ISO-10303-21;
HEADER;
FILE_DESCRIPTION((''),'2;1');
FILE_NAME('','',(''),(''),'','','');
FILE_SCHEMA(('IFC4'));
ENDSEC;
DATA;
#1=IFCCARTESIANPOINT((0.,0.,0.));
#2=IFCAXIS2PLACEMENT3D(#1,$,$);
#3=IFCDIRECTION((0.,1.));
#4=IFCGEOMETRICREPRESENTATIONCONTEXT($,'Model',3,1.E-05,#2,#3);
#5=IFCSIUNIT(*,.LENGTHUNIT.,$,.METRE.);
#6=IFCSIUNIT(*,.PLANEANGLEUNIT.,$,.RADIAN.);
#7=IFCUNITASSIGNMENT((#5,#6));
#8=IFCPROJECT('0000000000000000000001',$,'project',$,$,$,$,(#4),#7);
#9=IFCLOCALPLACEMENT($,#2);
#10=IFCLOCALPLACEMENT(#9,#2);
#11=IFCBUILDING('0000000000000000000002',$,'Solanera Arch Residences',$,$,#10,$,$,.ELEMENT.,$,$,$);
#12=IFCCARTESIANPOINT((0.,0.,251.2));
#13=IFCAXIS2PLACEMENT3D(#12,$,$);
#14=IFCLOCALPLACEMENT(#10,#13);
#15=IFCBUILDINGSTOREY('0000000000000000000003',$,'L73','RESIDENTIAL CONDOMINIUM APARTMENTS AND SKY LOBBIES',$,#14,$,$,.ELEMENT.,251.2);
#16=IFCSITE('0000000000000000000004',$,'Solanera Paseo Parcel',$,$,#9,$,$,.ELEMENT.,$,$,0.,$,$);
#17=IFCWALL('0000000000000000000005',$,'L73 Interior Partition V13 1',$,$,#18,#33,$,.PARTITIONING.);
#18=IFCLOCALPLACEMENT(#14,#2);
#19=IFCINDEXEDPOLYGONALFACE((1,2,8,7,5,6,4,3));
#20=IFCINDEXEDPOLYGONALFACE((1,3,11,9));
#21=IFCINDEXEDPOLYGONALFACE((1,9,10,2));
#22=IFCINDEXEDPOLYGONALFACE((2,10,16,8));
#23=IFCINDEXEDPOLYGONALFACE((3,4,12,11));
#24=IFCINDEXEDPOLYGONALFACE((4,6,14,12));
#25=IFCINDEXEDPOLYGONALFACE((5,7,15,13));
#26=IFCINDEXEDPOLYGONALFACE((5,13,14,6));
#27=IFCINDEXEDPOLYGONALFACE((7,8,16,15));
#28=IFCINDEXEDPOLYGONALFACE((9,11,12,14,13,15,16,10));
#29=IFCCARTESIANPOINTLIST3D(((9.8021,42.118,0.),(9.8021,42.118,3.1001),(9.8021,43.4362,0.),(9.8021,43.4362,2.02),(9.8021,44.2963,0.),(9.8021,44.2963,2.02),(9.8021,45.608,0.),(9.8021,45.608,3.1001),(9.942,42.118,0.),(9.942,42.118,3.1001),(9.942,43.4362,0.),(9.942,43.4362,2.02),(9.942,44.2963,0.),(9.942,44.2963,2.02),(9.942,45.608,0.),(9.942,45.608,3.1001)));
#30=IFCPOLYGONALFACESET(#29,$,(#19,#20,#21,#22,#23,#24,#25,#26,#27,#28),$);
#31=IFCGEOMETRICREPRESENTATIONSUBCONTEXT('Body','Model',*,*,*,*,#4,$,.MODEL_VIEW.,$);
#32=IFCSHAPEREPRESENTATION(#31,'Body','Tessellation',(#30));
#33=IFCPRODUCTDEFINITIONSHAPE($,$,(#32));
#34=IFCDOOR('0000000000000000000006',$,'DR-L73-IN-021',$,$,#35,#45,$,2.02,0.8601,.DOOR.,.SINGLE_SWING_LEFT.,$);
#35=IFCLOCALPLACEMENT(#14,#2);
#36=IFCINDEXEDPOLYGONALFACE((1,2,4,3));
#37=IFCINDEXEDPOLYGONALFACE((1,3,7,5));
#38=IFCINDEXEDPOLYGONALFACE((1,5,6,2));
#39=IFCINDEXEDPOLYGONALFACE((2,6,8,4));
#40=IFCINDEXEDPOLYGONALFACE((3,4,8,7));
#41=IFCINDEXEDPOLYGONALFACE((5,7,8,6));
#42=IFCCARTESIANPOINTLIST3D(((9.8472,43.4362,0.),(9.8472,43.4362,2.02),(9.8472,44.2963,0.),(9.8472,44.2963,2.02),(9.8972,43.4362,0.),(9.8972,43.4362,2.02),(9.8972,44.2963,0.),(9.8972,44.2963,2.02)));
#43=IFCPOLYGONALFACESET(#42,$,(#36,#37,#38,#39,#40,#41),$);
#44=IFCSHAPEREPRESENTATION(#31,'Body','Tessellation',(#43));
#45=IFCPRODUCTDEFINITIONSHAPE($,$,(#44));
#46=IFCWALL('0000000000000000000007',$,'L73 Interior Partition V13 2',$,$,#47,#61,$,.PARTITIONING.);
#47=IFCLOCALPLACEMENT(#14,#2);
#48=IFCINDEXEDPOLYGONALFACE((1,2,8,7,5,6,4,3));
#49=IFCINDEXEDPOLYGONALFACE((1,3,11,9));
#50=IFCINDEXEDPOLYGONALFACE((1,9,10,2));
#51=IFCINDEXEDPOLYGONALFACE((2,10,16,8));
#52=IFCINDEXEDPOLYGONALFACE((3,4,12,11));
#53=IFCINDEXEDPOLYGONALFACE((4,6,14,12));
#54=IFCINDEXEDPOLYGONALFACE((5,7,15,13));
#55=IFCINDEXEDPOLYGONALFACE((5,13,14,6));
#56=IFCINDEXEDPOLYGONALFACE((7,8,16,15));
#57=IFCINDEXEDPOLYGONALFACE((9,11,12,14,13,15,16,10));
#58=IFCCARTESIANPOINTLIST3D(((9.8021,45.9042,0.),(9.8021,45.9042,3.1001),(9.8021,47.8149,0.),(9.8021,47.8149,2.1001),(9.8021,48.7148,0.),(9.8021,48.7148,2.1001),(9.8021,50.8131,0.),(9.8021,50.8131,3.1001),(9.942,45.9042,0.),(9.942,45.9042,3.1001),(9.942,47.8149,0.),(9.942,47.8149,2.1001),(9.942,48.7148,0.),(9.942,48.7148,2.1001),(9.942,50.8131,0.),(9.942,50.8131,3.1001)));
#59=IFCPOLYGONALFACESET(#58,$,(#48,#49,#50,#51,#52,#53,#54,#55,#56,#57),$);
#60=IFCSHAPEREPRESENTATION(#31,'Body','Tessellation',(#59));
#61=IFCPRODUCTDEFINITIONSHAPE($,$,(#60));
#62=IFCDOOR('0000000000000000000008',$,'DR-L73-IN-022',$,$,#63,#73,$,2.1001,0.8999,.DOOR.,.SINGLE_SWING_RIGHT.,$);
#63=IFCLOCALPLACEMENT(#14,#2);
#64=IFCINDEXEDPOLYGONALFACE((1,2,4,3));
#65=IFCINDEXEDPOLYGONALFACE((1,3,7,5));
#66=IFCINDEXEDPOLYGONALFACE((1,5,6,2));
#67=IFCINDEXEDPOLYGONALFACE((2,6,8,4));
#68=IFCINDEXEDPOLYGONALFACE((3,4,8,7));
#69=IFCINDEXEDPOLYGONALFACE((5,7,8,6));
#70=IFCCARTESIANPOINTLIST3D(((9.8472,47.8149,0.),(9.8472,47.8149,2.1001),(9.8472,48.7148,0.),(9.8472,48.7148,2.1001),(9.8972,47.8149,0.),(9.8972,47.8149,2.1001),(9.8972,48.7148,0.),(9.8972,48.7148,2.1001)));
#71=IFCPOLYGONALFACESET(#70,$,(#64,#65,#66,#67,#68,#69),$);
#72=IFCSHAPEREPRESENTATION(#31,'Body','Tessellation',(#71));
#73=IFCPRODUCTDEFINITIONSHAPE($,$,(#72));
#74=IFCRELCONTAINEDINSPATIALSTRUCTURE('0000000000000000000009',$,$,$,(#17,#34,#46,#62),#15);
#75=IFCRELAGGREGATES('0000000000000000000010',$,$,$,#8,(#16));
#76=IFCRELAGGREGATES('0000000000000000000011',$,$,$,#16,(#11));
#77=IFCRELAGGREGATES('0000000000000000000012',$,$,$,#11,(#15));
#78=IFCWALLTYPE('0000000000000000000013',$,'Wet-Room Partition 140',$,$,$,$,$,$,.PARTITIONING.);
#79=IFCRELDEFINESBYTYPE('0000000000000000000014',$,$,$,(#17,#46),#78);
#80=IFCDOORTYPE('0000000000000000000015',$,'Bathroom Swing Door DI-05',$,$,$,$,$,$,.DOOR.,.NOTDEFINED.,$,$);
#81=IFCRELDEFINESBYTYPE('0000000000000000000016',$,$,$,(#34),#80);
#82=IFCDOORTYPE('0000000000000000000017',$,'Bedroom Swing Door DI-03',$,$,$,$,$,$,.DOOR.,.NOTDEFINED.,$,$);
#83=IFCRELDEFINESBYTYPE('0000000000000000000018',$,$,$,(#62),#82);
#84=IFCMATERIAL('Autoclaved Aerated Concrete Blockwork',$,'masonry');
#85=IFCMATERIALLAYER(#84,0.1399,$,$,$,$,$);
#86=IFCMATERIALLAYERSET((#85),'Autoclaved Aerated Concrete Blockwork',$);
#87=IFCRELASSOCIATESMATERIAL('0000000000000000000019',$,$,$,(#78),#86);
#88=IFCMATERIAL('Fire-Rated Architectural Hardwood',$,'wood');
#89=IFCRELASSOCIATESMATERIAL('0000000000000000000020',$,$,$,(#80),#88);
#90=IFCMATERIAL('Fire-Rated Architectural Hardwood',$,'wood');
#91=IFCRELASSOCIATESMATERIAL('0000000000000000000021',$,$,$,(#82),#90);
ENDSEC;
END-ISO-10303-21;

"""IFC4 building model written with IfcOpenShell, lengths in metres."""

from ifc_helpers import new_model, si_unit, direction, frame, frame_2d, origin, place, context, subcontext, project, spatial, rectangle, extrude, material, layer, layer_set, type_object, element, fill, save


model = new_model("IFC4")

# Units and contexts
model_context = context("Model", 3, precision=1e-05, world=origin(), true_north=direction((0.0, 1.0)))
body_context = subcontext(model_context, "Body", "Model", "MODEL_VIEW")
ifc_project = project(units=[si_unit("LENGTHUNIT", "METRE"), si_unit("PLANEANGLEUNIT", "RADIAN")], contexts=[model_context])

# Site, building, storey
site_placement = place(None, origin())
site = spatial("IfcSite", under=ifc_project, at=site_placement, Name="Solanera Paseo Parcel", CompositionType="ELEMENT", RefElevation=0.0)
building_placement = place(site_placement, origin())
building = spatial("IfcBuilding", under=site, at=building_placement, Name="Solanera Arch Residences", CompositionType="ELEMENT")
storey_placement = place(building_placement, frame((0.0, 0.0, 251.2)))
storey = spatial("IfcBuildingStorey", under=building, at=storey_placement, Name="L73", Description="RESIDENTIAL CONDOMINIUM APARTMENTS AND SKY LOBBIES", CompositionType="ELEMENT", Elevation=251.2)

# Shared definitions
ifc_material_1 = material(Name="Autoclaved Aerated Concrete Blockwork", Category="masonry")
ifc_layer_1 = layer(ifc_material_1, 0.1399)
ifc_layer_set_1 = layer_set([ifc_layer_1], Name="Autoclaved Aerated Concrete Blockwork")
wall_type_1 = type_object("IfcWallType", Name="Wet-Room Partition 140", PredefinedType="PARTITIONING", material=ifc_layer_set_1)

# Walls, openings, doors
wall_1_placement = place(storey_placement, frame((9.8721, 42.1179, 0.0), z_axis=(0.0, 0.0, 1.0), x_axis=(0.0, 1.0, 0.0)))
wall_1 = element("IfcWall", 1, at=wall_1_placement, inside=storey, type_object=wall_type_1, Name="L73 Interior Partition V13 1", PredefinedType="PARTITIONING", context=body_context, shape_type="SweptSolid", body=[
    extrude(rectangle(XDim=3.49, YDim=0.1399, at=frame_2d((1.7451, 0.0))), origin(), (0.0, 0.0, 1.0), 3.1001),
])
opening_1_placement = place(wall_1_placement, frame((1.3181, 0.0, 0.0)))
opening_1 = element("IfcOpeningElement", 2, at=opening_1_placement, cuts=wall_1, PredefinedType="OPENING", context=body_context, shape_type="SweptSolid", body=[
    extrude(rectangle(XDim=0.8601, YDim=2.02, at=frame_2d((0.4302, 1.01))), frame((0.0, 0.0798, 0.0), z_axis=(0.0, -1.0, 0.0), x_axis=(1.0, 0.0, 0.0)), (0.0, 0.0, 1.0), 0.1599),
])
ifc_material_2 = material(Name="Fire-Rated Architectural Hardwood", Category="wood")
door_type_1 = type_object("IfcDoorType", Name="Bathroom Swing Door DI-05", OperationType="NOTDEFINED", PredefinedType="DOOR", material=ifc_material_2)
door_1_placement = place(opening_1_placement, origin())
door_1 = element("IfcDoor", 3, at=door_1_placement, inside=storey, type_object=door_type_1, Name="DR-L73-IN-021", OperationType="SINGLE_SWING_LEFT", OverallHeight=2.02, OverallWidth=0.8601, PredefinedType="DOOR", context=body_context, shape_type="SweptSolid", body=[
    extrude(rectangle(XDim=0.8601, YDim=2.02, at=frame_2d((0.4302, 1.01))), frame((0.0, 0.0249, 0.0), z_axis=(0.0, -1.0, 0.0), x_axis=(1.0, 0.0, 0.0)), (0.0, 0.0, 1.0), 0.05),
])
fill(opening_1, door_1)
wall_2_placement = place(storey_placement, frame((9.8721, 45.9041, 0.0), z_axis=(0.0, 0.0, 1.0), x_axis=(0.0, 1.0, 0.0)))
wall_2 = element("IfcWall", 4, at=wall_2_placement, inside=storey, type_object=wall_type_1, Name="L73 Interior Partition V13 2", PredefinedType="PARTITIONING", context=body_context, shape_type="SweptSolid", body=[
    extrude(rectangle(XDim=4.9089, YDim=0.1399, at=frame_2d((2.4546, 0.0))), origin(), (0.0, 0.0, 1.0), 3.1001),
])
opening_2_placement = place(wall_2_placement, frame((1.9109, 0.0, 0.0)))
opening_2 = element("IfcOpeningElement", 5, at=opening_2_placement, cuts=wall_2, PredefinedType="OPENING", context=body_context, shape_type="SweptSolid", body=[
    extrude(rectangle(XDim=0.8999, YDim=2.1001, at=frame_2d((0.45, 1.05))), frame((0.0, 0.0798, 0.0), z_axis=(0.0, -1.0, 0.0), x_axis=(1.0, 0.0, 0.0)), (0.0, 0.0, 1.0), 0.1599),
])
ifc_material_3 = material(Name="Fire-Rated Architectural Hardwood", Category="wood")
door_type_2 = type_object("IfcDoorType", Name="Bedroom Swing Door DI-03", OperationType="NOTDEFINED", PredefinedType="DOOR", material=ifc_material_3)
door_2_placement = place(opening_2_placement, origin())
door_2 = element("IfcDoor", 6, at=door_2_placement, inside=storey, type_object=door_type_2, Name="DR-L73-IN-022", OperationType="SINGLE_SWING_RIGHT", OverallHeight=2.1001, OverallWidth=0.8999, PredefinedType="DOOR", context=body_context, shape_type="SweptSolid", body=[
    extrude(rectangle(XDim=0.8999, YDim=2.1001, at=frame_2d((0.45, 1.05))), frame((0.0, 0.0249, 0.0), z_axis=(0.0, -1.0, 0.0), x_axis=(1.0, 0.0, 0.0)), (0.0, 0.0, 1.0), 0.05),
])
fill(opening_2, door_2)

save(model, "model.ifc")
